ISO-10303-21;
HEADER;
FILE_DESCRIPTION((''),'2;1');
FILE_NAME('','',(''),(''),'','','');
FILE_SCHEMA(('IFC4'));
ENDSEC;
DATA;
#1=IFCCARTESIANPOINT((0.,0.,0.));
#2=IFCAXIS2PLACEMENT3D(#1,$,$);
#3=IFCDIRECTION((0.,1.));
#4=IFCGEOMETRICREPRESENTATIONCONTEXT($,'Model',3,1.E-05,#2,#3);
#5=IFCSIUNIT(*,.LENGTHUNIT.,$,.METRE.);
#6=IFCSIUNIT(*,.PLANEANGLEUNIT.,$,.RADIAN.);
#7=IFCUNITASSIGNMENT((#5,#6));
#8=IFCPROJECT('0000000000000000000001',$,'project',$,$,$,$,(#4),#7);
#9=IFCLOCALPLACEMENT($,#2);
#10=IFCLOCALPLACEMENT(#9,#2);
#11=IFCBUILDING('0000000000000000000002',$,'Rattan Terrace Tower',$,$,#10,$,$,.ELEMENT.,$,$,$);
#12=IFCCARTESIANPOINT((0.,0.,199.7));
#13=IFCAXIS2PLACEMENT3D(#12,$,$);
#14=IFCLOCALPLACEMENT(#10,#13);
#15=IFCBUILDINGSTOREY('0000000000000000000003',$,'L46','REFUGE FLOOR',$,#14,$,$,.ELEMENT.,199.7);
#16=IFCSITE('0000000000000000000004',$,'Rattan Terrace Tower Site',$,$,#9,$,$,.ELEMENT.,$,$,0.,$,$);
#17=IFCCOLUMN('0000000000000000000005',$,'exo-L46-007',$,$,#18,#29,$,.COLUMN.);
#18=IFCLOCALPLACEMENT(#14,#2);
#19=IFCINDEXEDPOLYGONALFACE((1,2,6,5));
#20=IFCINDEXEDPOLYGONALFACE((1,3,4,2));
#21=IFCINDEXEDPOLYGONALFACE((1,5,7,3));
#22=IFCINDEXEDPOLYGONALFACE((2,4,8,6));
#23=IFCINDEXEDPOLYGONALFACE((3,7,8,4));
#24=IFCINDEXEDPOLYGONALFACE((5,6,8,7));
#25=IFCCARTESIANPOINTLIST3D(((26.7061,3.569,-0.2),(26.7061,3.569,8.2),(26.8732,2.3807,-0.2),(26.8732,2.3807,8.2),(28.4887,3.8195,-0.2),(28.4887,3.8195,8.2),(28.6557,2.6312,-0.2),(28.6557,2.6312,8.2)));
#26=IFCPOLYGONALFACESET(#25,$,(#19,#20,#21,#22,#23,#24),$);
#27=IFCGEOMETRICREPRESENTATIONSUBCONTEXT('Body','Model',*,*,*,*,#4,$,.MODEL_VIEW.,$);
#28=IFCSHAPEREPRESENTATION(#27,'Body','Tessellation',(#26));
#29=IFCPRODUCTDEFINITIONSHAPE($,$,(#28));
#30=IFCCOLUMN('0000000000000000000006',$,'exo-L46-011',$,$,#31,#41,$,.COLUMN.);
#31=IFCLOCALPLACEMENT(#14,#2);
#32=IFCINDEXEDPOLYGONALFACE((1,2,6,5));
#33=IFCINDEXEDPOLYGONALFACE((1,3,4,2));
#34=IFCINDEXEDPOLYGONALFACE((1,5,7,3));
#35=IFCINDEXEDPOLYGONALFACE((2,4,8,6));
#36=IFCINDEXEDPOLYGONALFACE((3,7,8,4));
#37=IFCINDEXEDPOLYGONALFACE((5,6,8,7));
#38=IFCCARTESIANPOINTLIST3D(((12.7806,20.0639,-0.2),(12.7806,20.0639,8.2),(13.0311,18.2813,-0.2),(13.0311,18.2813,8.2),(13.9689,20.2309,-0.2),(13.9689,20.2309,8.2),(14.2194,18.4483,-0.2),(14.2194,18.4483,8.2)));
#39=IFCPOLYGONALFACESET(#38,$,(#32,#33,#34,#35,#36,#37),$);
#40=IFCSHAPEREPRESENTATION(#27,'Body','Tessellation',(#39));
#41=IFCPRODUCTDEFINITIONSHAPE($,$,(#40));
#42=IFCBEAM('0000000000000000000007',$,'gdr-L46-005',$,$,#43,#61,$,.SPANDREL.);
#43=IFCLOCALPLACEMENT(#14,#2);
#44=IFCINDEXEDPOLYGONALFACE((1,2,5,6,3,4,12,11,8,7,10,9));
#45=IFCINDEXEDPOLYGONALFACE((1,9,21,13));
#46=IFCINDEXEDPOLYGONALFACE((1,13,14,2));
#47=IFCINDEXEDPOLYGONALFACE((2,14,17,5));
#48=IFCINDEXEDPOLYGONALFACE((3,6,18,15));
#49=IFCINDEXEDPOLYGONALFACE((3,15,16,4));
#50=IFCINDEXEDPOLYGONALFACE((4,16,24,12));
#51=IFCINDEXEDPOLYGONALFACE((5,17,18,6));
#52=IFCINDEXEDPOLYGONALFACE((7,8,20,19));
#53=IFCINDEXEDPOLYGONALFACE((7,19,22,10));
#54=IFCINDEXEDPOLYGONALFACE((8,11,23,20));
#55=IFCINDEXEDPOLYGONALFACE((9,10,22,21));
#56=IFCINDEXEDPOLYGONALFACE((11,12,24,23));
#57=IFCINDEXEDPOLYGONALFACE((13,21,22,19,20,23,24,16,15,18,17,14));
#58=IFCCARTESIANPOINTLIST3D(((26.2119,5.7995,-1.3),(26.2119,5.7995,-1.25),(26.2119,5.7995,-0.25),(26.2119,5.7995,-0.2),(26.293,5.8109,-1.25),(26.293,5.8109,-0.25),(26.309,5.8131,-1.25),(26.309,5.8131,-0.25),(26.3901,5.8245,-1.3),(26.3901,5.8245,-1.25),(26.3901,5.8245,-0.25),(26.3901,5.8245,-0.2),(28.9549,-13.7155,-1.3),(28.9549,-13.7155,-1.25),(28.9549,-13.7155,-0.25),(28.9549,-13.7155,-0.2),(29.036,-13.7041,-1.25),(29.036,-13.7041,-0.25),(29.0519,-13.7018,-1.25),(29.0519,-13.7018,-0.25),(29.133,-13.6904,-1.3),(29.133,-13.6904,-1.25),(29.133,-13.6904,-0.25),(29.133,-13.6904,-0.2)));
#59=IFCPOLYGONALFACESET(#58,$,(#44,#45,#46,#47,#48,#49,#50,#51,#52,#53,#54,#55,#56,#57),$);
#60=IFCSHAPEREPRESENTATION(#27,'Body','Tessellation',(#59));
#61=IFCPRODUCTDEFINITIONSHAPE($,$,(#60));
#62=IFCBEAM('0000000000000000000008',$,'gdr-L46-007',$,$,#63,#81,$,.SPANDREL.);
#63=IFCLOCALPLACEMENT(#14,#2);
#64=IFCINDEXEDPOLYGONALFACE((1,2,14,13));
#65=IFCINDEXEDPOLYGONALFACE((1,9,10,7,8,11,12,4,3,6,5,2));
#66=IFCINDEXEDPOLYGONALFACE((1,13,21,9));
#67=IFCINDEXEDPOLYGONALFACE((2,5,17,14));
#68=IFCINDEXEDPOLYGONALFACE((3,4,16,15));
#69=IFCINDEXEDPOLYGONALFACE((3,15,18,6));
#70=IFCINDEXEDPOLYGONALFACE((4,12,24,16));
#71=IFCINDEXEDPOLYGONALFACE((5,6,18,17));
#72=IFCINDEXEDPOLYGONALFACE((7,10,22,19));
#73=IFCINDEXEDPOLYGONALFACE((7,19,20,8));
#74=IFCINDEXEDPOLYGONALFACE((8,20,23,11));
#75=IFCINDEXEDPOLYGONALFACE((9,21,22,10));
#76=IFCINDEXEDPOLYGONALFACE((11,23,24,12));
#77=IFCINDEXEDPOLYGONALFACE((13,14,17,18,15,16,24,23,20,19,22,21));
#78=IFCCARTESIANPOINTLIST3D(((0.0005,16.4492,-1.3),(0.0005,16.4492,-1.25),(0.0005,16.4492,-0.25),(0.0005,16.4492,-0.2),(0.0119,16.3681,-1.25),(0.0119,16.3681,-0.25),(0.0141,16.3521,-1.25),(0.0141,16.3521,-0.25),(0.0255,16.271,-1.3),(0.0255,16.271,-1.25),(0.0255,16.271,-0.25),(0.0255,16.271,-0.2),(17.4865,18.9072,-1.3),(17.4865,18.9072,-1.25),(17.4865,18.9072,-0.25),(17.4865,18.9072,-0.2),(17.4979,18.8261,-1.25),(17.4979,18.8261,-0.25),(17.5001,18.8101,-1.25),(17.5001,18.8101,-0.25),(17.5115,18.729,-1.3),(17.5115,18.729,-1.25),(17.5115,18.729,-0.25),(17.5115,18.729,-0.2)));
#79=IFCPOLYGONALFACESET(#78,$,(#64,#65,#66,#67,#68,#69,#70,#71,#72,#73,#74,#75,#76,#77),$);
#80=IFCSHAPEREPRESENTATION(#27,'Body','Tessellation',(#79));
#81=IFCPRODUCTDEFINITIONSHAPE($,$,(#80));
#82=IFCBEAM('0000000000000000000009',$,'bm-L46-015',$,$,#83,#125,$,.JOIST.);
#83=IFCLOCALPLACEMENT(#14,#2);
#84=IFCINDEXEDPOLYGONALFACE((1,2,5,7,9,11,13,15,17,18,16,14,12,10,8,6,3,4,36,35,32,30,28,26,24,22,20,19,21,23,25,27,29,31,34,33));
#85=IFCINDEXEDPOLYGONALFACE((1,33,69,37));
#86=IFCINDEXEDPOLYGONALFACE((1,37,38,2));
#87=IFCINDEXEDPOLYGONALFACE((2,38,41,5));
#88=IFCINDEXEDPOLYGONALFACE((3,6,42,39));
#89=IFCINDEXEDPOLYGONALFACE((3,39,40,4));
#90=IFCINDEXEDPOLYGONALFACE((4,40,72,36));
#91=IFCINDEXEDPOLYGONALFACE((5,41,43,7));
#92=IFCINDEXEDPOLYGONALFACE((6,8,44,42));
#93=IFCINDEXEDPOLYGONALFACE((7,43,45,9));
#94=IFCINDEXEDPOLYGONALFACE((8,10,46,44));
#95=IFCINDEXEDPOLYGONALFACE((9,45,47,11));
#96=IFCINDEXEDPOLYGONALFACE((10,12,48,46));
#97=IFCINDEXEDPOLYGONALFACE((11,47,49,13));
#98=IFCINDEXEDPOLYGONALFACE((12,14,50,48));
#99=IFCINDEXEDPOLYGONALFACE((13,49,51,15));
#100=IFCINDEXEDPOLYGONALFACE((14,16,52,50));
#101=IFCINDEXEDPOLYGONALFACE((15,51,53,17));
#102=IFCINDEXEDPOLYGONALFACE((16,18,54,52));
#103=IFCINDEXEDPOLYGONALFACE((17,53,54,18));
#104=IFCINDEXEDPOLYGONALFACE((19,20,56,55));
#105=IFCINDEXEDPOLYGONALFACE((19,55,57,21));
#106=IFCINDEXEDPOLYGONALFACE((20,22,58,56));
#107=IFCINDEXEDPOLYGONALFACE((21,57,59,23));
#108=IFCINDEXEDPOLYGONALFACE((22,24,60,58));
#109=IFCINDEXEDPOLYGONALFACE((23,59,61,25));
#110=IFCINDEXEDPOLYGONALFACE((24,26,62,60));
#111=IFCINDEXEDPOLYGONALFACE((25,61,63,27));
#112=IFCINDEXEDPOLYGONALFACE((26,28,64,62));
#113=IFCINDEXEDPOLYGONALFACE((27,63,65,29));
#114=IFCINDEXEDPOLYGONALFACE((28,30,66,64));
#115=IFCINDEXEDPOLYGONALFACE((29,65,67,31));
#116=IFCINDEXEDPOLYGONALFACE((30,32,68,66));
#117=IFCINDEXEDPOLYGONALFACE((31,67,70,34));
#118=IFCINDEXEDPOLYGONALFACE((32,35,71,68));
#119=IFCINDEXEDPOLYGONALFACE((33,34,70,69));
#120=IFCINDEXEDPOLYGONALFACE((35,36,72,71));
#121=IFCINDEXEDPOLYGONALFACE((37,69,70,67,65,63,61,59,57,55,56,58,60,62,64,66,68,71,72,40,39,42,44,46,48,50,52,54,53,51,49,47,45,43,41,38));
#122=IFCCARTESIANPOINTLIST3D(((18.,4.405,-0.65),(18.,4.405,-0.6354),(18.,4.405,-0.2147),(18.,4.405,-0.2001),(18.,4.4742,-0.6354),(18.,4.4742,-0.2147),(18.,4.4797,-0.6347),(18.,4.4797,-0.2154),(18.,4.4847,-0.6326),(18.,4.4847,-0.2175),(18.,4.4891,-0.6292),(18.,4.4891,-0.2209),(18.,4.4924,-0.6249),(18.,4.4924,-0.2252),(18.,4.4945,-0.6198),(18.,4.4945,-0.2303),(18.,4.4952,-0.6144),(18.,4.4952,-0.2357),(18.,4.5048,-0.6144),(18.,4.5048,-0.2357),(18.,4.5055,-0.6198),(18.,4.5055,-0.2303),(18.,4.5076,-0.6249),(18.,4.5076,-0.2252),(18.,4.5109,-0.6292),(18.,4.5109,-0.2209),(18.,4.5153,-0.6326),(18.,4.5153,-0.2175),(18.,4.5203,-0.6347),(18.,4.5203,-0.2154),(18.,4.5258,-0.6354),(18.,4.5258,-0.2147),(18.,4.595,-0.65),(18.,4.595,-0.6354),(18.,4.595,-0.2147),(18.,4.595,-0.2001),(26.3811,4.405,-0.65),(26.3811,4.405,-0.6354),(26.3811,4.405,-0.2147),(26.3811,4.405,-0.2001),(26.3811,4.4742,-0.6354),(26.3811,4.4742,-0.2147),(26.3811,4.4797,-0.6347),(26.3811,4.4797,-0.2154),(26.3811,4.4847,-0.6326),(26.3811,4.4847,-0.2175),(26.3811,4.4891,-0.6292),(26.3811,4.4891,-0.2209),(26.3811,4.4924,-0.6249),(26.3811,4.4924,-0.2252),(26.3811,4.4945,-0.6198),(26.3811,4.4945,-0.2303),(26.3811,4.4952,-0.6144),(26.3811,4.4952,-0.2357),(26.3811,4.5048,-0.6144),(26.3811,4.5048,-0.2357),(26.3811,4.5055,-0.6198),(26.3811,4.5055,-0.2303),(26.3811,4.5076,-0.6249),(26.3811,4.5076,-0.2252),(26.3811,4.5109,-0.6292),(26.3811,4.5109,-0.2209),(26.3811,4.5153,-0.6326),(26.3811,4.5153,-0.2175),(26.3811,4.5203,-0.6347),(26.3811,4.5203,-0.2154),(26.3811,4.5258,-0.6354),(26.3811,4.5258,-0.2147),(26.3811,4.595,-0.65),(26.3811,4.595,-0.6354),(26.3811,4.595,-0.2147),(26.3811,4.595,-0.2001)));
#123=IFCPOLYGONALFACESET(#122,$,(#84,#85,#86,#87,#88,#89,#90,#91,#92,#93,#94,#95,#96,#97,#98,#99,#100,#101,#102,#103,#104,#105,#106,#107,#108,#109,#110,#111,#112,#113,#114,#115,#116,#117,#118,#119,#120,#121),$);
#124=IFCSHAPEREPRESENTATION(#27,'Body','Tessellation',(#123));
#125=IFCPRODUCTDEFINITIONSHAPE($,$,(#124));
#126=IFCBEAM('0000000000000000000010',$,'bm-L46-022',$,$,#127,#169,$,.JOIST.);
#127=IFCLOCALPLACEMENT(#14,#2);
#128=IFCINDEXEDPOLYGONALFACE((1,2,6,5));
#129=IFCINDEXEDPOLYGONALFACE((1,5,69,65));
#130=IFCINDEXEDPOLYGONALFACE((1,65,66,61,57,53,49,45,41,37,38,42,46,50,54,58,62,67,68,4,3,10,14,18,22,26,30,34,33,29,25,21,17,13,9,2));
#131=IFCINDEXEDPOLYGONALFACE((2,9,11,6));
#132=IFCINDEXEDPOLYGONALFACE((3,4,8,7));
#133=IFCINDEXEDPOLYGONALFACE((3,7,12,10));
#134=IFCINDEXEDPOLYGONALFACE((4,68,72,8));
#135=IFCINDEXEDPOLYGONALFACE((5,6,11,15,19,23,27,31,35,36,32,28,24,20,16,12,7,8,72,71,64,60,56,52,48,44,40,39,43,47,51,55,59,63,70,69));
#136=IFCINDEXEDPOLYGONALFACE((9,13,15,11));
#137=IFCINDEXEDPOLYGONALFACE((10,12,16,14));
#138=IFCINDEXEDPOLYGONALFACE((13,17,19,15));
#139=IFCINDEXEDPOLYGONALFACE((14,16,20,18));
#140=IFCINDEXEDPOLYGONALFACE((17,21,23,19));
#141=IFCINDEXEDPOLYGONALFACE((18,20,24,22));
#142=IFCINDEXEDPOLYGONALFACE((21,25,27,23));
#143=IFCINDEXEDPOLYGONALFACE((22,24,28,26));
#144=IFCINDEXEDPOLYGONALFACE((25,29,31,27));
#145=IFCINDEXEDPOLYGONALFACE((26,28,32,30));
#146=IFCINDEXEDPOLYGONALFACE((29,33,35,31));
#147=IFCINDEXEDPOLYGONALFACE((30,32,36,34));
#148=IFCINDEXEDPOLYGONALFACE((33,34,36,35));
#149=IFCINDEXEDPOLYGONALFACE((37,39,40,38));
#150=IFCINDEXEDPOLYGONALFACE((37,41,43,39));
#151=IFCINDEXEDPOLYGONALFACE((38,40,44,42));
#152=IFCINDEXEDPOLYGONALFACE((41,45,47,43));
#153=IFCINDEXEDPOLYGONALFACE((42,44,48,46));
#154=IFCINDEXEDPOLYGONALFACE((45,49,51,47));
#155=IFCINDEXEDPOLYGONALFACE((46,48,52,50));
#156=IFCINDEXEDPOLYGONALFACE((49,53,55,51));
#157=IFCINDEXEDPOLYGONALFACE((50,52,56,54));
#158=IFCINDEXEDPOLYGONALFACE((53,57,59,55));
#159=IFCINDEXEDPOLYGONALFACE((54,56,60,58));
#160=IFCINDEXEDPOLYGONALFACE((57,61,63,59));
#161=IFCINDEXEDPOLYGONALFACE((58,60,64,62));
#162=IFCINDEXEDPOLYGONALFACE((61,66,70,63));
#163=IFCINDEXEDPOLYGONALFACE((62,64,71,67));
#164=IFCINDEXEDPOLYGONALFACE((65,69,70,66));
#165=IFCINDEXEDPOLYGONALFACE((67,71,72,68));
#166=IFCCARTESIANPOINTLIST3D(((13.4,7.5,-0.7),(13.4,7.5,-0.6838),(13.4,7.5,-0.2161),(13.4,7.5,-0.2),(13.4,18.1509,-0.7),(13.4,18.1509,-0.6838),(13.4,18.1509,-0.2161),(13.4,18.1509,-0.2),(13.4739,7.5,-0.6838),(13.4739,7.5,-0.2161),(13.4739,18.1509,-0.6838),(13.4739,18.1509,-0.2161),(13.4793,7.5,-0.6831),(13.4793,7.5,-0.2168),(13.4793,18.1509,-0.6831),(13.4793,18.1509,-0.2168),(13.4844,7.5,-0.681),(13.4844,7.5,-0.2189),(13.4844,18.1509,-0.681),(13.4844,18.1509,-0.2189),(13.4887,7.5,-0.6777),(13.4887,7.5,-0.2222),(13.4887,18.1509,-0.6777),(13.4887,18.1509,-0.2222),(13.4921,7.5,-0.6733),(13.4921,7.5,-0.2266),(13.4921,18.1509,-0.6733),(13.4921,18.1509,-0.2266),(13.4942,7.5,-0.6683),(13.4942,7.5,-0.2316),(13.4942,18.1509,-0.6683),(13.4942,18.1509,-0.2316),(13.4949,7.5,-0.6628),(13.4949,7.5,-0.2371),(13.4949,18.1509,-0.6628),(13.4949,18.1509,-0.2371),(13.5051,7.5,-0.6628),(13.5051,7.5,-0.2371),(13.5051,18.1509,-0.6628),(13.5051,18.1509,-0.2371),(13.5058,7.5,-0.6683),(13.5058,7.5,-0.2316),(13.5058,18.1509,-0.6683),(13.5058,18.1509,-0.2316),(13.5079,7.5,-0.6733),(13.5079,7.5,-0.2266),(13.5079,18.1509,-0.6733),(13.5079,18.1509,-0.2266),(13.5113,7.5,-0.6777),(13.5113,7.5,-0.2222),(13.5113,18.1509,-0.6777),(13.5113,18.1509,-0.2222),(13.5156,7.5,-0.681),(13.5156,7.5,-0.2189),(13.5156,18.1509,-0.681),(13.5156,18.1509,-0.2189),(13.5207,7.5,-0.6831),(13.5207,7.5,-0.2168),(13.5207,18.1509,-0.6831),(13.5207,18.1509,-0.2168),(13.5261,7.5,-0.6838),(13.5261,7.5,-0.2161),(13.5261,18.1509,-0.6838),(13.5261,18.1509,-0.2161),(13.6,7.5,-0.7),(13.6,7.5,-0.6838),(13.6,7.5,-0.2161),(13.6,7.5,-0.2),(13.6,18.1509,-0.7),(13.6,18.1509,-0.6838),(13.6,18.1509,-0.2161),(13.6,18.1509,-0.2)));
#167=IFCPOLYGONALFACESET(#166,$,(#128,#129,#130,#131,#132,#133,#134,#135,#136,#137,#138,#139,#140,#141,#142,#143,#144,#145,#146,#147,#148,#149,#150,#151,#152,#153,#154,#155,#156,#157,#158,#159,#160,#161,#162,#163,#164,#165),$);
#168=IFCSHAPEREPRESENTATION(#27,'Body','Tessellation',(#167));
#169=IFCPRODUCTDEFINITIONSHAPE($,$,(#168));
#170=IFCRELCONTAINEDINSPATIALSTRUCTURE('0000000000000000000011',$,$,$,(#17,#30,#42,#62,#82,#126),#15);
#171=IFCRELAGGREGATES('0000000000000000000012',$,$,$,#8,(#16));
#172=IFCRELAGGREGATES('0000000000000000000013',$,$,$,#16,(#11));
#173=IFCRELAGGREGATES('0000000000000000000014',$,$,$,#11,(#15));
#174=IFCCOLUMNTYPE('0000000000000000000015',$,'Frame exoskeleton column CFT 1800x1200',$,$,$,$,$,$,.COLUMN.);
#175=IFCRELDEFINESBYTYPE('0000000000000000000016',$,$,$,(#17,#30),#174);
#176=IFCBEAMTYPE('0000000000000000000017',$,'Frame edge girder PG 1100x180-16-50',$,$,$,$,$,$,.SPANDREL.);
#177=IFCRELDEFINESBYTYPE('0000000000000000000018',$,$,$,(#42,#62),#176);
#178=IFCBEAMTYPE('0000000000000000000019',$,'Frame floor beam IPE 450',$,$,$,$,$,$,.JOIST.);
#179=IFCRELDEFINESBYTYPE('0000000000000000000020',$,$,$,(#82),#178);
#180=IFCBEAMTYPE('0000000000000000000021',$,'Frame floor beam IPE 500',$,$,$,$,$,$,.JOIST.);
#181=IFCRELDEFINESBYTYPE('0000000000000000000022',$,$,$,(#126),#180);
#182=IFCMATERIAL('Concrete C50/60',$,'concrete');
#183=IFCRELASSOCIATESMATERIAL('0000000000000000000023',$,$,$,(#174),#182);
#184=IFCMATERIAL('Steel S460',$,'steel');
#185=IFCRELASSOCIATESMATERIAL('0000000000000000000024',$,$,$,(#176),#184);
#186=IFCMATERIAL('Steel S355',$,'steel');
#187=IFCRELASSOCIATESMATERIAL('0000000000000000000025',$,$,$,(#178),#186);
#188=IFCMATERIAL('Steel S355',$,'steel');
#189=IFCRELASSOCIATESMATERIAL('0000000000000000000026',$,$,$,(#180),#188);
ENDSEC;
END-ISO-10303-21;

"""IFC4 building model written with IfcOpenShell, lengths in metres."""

from ifc_helpers import new_model, si_unit, direction, frame, origin, origin_2d, place, context, subcontext, project, spatial, rectangle, i_section, extrude, material, material_profile, profile_set, type_object, element, save


model = new_model("IFC4")

# Units and contexts
model_context = context("Model", 3, precision=1e-05, world=origin(), true_north=direction((0.0, 1.0)))
body_context = subcontext(model_context, "Body", "Model", "MODEL_VIEW")
ifc_project = project(units=[si_unit("LENGTHUNIT", "METRE"), si_unit("PLANEANGLEUNIT", "RADIAN")], contexts=[model_context])

# Site, building, storey
site_placement = place(None, origin())
site = spatial("IfcSite", under=ifc_project, at=site_placement, Name="Rattan Terrace Tower Site", CompositionType="ELEMENT", RefElevation=0.0)
building_placement = place(site_placement, origin())
building = spatial("IfcBuilding", under=site, at=building_placement, Name="Rattan Terrace Tower", CompositionType="ELEMENT")
storey_placement = place(building_placement, frame((0.0, 0.0, 199.7)))
storey = spatial("IfcBuildingStorey", under=building, at=storey_placement, Name="L46", Description="REFUGE FLOOR", CompositionType="ELEMENT", Elevation=199.7)

# Columns
ifc_material_1 = material(Name="Concrete C50/60", Category="concrete")
ifc_material_profile_1 = material_profile(ifc_material_1, rectangle(XDim=1.2, YDim=1.8, at=origin_2d()), Name="CFT 1800x1200")
ifc_profile_set_1 = profile_set([ifc_material_profile_1], Name="Concrete C50/60")
column_type = type_object("IfcColumnType", Name="Frame exoskeleton column CFT 1800x1200", PredefinedType="COLUMN", material=ifc_profile_set_1)
for number, where, z_axis, x_axis, name in (
    (1, (27.6809, 3.1001, -0.2), (0.0, 0.0, 1.0), (-0.13919, 0.990266, 0.0), "exo-L46-007"),
    (2, (13.5, 19.2561, -0.2), (0.0, 0.0, 1.0), (0.99027, 0.139156, 0.0), "exo-L46-011"),
):
    element("IfcColumn", number, at=place(storey_placement, frame(where, z_axis=z_axis, x_axis=x_axis)), inside=storey, type_object=column_type, Name=name, PredefinedType="COLUMN", context=body_context, shape_type="SweptSolid", body=[
        extrude(rectangle(XDim=1.2, YDim=1.8, at=origin_2d()), origin(), (0.0, 0.0, 1.0), 8.3999),
    ])

# Beams
ifc_material_2 = material(Name="Steel S460", Category="steel")
ifc_material_profile_2 = material_profile(ifc_material_2, i_section(OverallWidth=0.1799, OverallDepth=1.1001, WebThickness=0.0161, FlangeThickness=0.05, at=origin_2d()), Name="PG 1100x180-16-50")
ifc_profile_set_2 = profile_set([ifc_material_profile_2], Name="Steel S460")
beam_type_1 = type_object("IfcBeamType", Name="Frame edge girder PG 1100x180-16-50", PredefinedType="SPANDREL", material=ifc_profile_set_2)
beam_1_placement = place(storey_placement, frame((26.301, 5.812, -0.75), z_axis=(0.139187, -0.990266, 0.0), x_axis=(0.990266, 0.139187, 0.0)))
element("IfcBeam", 3, at=beam_1_placement, inside=storey, type_object=beam_type_1, Name="gdr-L46-005", PredefinedType="SPANDREL", context=body_context, shape_type="SweptSolid", body=[
    extrude(i_section(OverallWidth=0.1799, OverallDepth=1.1001, WebThickness=0.0161, FlangeThickness=0.05, at=origin_2d()), origin(), (0.0, 0.0, 1.0), 19.7068),
])
beam_2_placement = place(storey_placement, frame((17.499, 18.8181, -0.75), z_axis=(-0.990264, -0.139201, 0.0), x_axis=(0.139201, -0.990264, 0.0)))
element("IfcBeam", 4, at=beam_2_placement, inside=storey, type_object=beam_type_1, Name="gdr-L46-007", PredefinedType="SPANDREL", context=body_context, shape_type="SweptSolid", body=[
    extrude(i_section(OverallWidth=0.1799, OverallDepth=1.1001, WebThickness=0.0161, FlangeThickness=0.05, at=origin_2d()), origin(), (0.0, 0.0, 1.0), 17.658),
])
ifc_material_3 = material(Name="Steel S355", Category="steel")
ifc_material_profile_3 = material_profile(ifc_material_3, i_section(OverallWidth=0.1899, OverallDepth=0.45, WebThickness=0.0095, FlangeThickness=0.0146, FilletRadius=0.021, at=origin_2d()), Name="IPE 450")
ifc_profile_set_3 = profile_set([ifc_material_profile_3], Name="Steel S355")
beam_type_2 = type_object("IfcBeamType", Name="Frame floor beam IPE 450", PredefinedType="JOIST", material=ifc_profile_set_3)
beam_3_placement = place(storey_placement, frame((18.0, 4.5, -0.425), z_axis=(1.0, 0.0, 0.0), x_axis=(0.0, 1.0, 0.0)))
element("IfcBeam", 5, at=beam_3_placement, inside=storey, type_object=beam_type_2, Name="bm-L46-015", PredefinedType="JOIST", context=body_context, shape_type="SweptSolid", body=[
    extrude(i_section(OverallWidth=0.1899, OverallDepth=0.45, WebThickness=0.0095, FlangeThickness=0.0146, FilletRadius=0.021, at=origin_2d()), origin(), (0.0, 0.0, 1.0), 8.3811),
])
ifc_material_4 = material(Name="Steel S355", Category="steel")
ifc_material_profile_4 = material_profile(ifc_material_4, i_section(OverallWidth=0.2, OverallDepth=0.5, WebThickness=0.0103, FlangeThickness=0.0161, FilletRadius=0.021, at=origin_2d()), Name="IPE 500")
ifc_profile_set_4 = profile_set([ifc_material_profile_4], Name="Steel S355")
beam_type_3 = type_object("IfcBeamType", Name="Frame floor beam IPE 500", PredefinedType="JOIST", material=ifc_profile_set_4)
beam_4_placement = place(storey_placement, frame((13.5, 7.5, -0.45), z_axis=(0.0, 1.0, 0.0), x_axis=(-1.0, 0.0, 0.0)))
element("IfcBeam", 6, at=beam_4_placement, inside=storey, type_object=beam_type_3, Name="bm-L46-022", PredefinedType="JOIST", context=body_context, shape_type="SweptSolid", body=[
    extrude(i_section(OverallWidth=0.2, OverallDepth=0.5, WebThickness=0.0103, FlangeThickness=0.0161, FilletRadius=0.021, at=origin_2d()), origin(), (0.0, 0.0, 1.0), 10.6509),
])

save(model, "model.ifc")
